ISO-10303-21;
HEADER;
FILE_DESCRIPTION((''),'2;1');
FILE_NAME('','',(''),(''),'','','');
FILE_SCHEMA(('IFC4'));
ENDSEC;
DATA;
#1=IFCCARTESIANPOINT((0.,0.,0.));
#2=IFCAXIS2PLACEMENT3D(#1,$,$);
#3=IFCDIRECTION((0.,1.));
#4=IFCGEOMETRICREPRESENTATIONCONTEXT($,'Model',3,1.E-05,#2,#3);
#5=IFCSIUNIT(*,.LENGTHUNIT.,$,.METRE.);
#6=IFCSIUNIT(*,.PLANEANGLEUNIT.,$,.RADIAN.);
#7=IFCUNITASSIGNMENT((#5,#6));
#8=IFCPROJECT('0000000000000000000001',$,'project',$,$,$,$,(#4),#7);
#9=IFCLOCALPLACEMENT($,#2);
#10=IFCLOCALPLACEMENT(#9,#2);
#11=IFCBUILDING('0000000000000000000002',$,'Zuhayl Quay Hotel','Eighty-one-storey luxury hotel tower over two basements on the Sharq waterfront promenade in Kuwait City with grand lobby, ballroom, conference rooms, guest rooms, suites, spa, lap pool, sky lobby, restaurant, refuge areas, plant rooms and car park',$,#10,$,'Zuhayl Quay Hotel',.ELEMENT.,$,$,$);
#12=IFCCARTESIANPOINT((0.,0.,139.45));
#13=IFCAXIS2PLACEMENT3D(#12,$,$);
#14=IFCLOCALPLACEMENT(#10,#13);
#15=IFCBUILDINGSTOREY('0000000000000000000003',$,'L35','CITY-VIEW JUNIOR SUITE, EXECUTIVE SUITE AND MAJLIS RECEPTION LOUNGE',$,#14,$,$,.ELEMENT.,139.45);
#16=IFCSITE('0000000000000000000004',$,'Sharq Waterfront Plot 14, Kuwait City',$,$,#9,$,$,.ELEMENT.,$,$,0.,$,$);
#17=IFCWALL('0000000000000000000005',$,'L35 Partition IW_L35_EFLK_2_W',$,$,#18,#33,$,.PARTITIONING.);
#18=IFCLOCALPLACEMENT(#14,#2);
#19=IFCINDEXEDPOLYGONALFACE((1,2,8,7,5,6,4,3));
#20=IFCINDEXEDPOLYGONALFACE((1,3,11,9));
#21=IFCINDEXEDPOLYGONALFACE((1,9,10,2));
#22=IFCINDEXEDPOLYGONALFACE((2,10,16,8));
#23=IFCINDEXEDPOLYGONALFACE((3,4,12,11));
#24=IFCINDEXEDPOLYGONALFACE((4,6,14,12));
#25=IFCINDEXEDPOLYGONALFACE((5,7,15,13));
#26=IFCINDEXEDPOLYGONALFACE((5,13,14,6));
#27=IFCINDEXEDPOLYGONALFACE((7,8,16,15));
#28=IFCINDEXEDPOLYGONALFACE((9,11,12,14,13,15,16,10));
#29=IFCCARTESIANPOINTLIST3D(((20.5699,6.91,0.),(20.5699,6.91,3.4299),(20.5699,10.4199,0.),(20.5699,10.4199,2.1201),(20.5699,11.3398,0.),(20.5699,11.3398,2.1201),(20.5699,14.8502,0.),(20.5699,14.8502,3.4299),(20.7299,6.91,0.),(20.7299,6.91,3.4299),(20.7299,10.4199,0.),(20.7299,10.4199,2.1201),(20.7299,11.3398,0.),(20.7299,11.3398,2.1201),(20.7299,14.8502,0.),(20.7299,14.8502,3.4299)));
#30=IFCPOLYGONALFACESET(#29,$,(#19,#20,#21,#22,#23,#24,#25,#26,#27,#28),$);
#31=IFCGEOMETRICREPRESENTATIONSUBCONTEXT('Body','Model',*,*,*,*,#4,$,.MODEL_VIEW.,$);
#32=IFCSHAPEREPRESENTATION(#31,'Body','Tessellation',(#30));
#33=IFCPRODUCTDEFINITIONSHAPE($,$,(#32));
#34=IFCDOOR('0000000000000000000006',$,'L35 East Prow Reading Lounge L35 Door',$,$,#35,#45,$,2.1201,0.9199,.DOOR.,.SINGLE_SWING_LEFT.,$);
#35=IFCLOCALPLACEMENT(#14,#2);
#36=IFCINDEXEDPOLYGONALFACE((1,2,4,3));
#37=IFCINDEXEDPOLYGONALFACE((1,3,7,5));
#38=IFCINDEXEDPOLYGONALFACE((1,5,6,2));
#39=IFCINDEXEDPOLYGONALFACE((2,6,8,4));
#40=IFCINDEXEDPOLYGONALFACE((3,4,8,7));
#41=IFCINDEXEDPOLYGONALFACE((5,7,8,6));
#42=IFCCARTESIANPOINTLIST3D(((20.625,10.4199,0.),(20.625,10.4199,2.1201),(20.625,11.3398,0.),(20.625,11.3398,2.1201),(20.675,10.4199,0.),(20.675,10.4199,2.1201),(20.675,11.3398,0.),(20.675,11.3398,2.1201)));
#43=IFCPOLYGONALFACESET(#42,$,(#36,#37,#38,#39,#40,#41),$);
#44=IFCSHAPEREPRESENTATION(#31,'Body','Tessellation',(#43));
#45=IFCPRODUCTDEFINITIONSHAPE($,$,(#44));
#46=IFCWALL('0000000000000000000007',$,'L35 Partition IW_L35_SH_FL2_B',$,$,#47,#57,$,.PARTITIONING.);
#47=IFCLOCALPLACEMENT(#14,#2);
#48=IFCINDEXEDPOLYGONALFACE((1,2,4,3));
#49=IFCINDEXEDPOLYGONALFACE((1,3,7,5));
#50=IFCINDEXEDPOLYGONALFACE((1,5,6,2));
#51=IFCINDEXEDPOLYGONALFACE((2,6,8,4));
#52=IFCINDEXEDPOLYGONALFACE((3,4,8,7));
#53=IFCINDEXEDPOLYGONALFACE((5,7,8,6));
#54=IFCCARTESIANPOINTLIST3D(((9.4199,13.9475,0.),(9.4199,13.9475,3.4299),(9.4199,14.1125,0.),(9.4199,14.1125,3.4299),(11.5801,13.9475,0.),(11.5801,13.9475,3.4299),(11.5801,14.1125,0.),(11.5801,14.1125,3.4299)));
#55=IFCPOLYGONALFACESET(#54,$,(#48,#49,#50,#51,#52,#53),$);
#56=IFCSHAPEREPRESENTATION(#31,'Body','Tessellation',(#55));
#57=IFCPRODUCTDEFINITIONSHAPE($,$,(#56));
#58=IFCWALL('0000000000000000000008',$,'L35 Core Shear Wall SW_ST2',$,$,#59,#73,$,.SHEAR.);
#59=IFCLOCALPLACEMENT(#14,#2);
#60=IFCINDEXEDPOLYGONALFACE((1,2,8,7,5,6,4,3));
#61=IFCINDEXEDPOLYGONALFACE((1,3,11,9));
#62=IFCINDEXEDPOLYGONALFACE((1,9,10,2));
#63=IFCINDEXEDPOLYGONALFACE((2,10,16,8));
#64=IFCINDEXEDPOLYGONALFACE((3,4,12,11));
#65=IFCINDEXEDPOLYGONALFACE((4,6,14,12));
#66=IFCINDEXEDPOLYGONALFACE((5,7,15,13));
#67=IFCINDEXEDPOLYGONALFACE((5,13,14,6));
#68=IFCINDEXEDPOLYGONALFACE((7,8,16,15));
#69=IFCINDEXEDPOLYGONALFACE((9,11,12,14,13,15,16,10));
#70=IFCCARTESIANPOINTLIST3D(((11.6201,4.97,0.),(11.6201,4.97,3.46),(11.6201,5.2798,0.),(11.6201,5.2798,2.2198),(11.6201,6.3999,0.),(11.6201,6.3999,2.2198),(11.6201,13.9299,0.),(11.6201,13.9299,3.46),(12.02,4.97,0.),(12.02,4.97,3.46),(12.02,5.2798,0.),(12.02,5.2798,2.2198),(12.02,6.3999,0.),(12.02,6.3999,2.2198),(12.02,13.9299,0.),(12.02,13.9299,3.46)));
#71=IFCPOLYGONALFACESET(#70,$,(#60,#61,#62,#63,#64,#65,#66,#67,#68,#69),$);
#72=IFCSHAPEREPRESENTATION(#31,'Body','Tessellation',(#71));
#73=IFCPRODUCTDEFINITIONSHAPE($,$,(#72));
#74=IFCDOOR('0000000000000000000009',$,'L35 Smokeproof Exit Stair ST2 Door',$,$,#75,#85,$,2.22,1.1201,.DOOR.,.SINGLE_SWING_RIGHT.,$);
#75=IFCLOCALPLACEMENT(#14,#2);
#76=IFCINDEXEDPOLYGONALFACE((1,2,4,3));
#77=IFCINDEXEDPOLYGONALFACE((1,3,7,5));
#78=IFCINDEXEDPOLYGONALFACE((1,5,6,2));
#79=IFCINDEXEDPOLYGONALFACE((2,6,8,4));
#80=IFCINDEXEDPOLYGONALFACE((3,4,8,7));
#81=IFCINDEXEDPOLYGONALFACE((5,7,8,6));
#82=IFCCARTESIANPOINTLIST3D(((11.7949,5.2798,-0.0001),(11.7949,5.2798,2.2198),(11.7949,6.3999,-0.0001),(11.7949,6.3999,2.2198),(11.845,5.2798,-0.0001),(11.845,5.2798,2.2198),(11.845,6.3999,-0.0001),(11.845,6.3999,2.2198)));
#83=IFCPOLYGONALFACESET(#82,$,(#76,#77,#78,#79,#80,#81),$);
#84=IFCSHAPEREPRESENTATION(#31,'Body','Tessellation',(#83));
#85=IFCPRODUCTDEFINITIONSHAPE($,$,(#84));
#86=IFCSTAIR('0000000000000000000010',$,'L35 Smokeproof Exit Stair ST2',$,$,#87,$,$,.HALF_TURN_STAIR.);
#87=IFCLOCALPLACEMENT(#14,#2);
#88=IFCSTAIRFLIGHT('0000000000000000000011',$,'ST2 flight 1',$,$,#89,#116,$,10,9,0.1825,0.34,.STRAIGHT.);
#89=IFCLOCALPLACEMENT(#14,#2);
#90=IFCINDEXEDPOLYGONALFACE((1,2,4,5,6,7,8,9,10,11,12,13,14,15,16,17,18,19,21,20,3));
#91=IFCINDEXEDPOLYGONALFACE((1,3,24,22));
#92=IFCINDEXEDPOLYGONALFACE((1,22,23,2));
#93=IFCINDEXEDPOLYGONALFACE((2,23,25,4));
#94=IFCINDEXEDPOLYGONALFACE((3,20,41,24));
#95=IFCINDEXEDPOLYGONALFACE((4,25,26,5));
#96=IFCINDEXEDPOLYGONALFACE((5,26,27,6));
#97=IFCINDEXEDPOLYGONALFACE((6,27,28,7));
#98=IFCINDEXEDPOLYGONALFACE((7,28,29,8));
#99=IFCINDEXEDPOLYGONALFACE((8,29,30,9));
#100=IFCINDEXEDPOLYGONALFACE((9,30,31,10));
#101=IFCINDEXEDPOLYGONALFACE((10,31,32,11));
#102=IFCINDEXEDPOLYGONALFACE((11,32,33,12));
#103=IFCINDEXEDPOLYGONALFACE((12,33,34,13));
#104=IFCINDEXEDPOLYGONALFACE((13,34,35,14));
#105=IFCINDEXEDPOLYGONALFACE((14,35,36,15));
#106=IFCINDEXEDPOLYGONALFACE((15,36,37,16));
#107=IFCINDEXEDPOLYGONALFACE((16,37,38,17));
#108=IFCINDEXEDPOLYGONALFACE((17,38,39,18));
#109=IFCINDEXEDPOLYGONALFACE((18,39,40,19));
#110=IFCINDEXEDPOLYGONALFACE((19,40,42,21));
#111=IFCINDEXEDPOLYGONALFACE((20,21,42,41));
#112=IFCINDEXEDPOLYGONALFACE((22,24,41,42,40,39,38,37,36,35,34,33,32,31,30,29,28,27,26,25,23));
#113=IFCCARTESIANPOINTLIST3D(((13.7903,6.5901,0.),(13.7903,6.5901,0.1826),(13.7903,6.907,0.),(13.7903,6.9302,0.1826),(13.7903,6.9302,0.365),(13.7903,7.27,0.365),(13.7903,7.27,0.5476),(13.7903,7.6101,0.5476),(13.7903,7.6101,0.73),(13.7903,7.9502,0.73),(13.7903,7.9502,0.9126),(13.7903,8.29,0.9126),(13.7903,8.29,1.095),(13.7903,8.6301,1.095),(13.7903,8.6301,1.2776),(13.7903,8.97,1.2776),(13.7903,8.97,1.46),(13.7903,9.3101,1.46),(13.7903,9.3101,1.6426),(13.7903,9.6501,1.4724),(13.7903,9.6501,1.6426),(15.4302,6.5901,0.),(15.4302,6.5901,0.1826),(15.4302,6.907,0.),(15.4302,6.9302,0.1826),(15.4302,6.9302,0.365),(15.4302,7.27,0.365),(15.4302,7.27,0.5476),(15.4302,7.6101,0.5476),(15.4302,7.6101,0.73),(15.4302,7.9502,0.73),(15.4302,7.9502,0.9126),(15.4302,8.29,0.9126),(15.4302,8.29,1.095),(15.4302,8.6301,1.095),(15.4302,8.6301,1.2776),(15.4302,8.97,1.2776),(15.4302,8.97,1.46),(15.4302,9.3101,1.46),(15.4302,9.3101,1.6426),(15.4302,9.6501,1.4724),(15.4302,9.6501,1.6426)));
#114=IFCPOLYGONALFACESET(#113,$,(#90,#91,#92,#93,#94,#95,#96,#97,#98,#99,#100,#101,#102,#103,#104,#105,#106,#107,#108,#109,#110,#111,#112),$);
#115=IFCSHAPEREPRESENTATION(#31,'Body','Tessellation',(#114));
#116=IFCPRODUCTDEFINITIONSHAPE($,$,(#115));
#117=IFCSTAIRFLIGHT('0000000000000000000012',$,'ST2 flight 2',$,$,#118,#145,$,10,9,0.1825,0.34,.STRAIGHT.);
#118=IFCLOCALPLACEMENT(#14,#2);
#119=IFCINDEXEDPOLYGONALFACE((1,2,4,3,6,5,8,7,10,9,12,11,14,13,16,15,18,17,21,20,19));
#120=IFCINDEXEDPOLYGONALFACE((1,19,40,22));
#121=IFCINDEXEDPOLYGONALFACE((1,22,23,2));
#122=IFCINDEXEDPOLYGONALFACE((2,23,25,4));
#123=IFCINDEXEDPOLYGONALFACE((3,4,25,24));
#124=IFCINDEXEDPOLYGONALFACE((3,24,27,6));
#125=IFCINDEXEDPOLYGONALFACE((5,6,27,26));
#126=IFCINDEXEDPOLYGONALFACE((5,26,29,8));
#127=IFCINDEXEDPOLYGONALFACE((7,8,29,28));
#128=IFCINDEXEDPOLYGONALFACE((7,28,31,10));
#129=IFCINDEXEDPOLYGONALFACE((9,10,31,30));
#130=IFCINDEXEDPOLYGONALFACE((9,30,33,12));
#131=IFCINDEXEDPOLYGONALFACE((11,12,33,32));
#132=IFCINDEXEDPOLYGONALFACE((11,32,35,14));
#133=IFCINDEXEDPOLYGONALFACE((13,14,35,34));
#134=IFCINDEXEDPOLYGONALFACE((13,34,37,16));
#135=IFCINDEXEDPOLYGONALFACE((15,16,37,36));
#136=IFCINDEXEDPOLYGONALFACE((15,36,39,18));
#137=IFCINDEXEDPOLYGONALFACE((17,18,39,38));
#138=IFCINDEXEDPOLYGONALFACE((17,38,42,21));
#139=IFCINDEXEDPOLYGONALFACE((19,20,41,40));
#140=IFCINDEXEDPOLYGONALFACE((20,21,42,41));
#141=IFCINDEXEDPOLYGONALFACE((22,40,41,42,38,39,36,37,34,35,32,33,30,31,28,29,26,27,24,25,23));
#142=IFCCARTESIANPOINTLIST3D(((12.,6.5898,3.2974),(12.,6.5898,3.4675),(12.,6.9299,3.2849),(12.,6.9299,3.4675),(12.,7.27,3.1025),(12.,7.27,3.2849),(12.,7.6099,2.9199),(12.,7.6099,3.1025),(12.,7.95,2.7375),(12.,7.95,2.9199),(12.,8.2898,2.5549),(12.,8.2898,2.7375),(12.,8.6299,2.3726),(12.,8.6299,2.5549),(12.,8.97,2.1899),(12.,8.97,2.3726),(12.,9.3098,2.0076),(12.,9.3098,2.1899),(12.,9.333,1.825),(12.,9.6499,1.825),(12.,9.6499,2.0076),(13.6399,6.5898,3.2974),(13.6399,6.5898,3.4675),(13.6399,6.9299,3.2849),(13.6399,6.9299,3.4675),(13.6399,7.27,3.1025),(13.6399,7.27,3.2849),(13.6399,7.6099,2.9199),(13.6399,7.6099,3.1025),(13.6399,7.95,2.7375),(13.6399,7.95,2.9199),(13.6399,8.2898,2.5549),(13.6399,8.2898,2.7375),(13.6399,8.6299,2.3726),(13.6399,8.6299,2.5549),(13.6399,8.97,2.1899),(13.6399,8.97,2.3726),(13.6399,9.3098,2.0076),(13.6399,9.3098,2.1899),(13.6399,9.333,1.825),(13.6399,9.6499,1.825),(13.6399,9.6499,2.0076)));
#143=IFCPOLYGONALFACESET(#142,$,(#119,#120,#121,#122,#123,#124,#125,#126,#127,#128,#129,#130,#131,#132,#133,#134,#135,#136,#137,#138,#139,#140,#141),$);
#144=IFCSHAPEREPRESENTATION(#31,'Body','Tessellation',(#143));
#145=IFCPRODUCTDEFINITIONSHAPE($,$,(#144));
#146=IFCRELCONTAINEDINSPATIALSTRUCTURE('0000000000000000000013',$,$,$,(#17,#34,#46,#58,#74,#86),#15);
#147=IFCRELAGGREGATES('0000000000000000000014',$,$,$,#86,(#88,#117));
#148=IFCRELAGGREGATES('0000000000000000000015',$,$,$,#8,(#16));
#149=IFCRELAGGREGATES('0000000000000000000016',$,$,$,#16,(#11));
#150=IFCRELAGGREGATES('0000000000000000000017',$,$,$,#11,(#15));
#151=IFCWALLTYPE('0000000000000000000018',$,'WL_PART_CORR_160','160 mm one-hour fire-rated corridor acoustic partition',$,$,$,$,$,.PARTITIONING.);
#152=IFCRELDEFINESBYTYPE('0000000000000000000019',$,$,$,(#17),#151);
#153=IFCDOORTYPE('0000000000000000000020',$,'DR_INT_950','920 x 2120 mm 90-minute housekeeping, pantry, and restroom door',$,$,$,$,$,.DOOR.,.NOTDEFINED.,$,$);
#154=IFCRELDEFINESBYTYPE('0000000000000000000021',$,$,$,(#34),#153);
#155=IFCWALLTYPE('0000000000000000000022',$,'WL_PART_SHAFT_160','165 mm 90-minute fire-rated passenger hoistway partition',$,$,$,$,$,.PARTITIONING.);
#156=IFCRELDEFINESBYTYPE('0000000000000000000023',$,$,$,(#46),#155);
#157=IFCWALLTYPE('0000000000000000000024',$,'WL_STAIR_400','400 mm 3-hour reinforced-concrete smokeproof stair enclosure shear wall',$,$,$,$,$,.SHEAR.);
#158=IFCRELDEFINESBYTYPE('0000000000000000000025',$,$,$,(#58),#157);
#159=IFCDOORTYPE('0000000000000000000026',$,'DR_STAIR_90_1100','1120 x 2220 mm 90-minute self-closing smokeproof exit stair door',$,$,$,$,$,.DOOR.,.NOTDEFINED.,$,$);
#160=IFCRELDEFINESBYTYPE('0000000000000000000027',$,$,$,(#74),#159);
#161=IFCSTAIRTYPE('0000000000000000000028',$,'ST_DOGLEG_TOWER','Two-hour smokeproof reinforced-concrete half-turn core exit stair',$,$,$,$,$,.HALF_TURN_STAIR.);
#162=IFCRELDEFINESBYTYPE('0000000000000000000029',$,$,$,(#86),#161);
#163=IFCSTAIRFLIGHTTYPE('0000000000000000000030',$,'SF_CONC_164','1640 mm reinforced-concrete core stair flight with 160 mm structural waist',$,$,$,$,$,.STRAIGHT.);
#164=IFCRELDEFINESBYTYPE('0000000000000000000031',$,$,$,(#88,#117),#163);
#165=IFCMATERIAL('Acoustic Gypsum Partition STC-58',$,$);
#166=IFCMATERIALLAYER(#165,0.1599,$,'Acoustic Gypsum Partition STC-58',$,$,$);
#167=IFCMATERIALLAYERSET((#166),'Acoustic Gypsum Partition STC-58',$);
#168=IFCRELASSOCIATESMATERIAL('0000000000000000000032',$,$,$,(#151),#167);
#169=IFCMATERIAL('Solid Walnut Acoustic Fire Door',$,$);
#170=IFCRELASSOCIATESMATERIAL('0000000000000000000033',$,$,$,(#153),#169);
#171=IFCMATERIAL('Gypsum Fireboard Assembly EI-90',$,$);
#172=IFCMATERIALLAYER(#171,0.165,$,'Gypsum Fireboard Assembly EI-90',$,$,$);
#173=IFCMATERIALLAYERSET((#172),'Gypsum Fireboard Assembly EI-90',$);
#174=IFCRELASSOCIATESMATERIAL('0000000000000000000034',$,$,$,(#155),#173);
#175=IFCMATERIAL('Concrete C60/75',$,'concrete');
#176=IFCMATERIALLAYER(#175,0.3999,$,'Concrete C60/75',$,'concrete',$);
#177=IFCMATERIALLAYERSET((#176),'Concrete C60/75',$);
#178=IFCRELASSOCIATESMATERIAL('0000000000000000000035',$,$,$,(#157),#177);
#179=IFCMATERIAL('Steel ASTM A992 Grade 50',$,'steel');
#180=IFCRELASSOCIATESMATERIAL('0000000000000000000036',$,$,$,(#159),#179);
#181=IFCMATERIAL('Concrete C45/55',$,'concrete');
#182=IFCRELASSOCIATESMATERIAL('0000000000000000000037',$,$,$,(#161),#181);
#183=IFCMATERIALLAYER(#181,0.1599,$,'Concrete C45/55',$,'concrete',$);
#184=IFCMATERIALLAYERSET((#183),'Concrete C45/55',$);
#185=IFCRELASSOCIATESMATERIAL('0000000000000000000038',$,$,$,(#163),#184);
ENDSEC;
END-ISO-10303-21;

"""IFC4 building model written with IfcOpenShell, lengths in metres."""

from ifc_helpers import new_model, si_unit, direction, frame, frame_2d, origin, place, context, subcontext, project, spatial, polyline, rectangle, outline, extrude, material, layer, layer_set, type_object, element, fill, aggregate, save


model = new_model("IFC4")

# Units and contexts
model_context = context("Model", 3, precision=1e-05, world=origin(), true_north=direction((0.0, 1.0)))
body_context = subcontext(model_context, "Body", "Model", "MODEL_VIEW")
ifc_project = project(units=[si_unit("LENGTHUNIT", "METRE"), si_unit("PLANEANGLEUNIT", "RADIAN")], contexts=[model_context])

# Site, building, storey
site_placement = place(None, origin())
site = spatial("IfcSite", under=ifc_project, at=site_placement, Name="Sharq Waterfront Plot 14, Kuwait City", CompositionType="ELEMENT", RefElevation=0.0)
building_placement = place(site_placement, origin())
building = spatial("IfcBuilding", under=site, at=building_placement, Name="Zuhayl Quay Hotel", Description="Eighty-one-storey luxury hotel tower over two basements on the Sharq waterfront promenade in Kuwait City with grand lobby, ballroom, conference rooms, guest rooms, suites, spa, lap pool, sky lobby, restaurant, refuge areas, plant rooms and car park", LongName="Zuhayl Quay Hotel", CompositionType="ELEMENT")
storey_placement = place(building_placement, frame((0.0, 0.0, 139.45)))
storey = spatial("IfcBuildingStorey", under=building, at=storey_placement, Name="L35", Description="CITY-VIEW JUNIOR SUITE, EXECUTIVE SUITE AND MAJLIS RECEPTION LOUNGE", CompositionType="ELEMENT", Elevation=139.45)

# Shared definitions
ifc_material_1 = material(Name="Steel ASTM A992 Grade 50", Category="steel")

# Shared definitions
ifc_material_2 = material(Name="Concrete C60/75", Category="concrete")

# Shared definitions
ifc_material_3 = material(Name="Acoustic Gypsum Partition STC-58")

# Wall, opening, door
ifc_layer_1 = layer(ifc_material_3, 0.1599, Name="Acoustic Gypsum Partition STC-58")
ifc_layer_set_1 = layer_set([ifc_layer_1], Name="Acoustic Gypsum Partition STC-58")
wall_type_1 = type_object("IfcWallType", Name="WL_PART_CORR_160", Description="160 mm one-hour fire-rated corridor acoustic partition", PredefinedType="PARTITIONING", material=ifc_layer_set_1)
wall_1_placement = place(storey_placement, frame((20.6499, 6.9099, 0.0), z_axis=(0.0, 0.0, 1.0), x_axis=(0.0, 1.0, 0.0)))
wall_1 = element("IfcWall", 1, at=wall_1_placement, inside=storey, type_object=wall_type_1, Name="L35 Partition IW_L35_EFLK_2_W", PredefinedType="PARTITIONING", context=body_context, shape_type="SweptSolid", body=[
    extrude(rectangle(XDim=7.9402, YDim=0.1599, at=frame_2d((3.9702, 0.0))), origin(), (0.0, 0.0, 1.0), 3.4299),
])
opening_1_placement = place(wall_1_placement, frame((3.51, 0.0, 0.0)))
opening_1 = element("IfcOpeningElement", 2, at=opening_1_placement, cuts=wall_1, PredefinedType="OPENING", context=body_context, shape_type="SweptSolid", body=[
    extrude(rectangle(XDim=0.9199, YDim=2.1201, at=frame_2d((0.46, 1.0601))), frame((0.0, 0.0898, 0.0), z_axis=(0.0, -1.0, 0.0), x_axis=(1.0, 0.0, 0.0)), (0.0, 0.0, 1.0), 0.1799),
])
ifc_material_4 = material(Name="Solid Walnut Acoustic Fire Door")
door_type_1 = type_object("IfcDoorType", Name="DR_INT_950", Description="920 x 2120 mm 90-minute housekeeping, pantry, and restroom door", OperationType="NOTDEFINED", PredefinedType="DOOR", material=ifc_material_4)
door_1_placement = place(opening_1_placement, origin())
door_1 = element("IfcDoor", 3, at=door_1_placement, inside=storey, type_object=door_type_1, Name="L35 East Prow Reading Lounge L35 Door", OperationType="SINGLE_SWING_LEFT", OverallHeight=2.1201, OverallWidth=0.9199, PredefinedType="DOOR", context=body_context, shape_type="SweptSolid", body=[
    extrude(rectangle(XDim=0.9199, YDim=2.1201, at=frame_2d((0.46, 1.0601))), frame((0.0, 0.0249, 0.0), z_axis=(0.0, -1.0, 0.0), x_axis=(1.0, 0.0, 0.0)), (0.0, 0.0, 1.0), 0.05),
])
fill(opening_1, door_1)

# Wall
ifc_material_5 = material(Name="Gypsum Fireboard Assembly EI-90")
ifc_layer_2 = layer(ifc_material_5, 0.165, Name="Gypsum Fireboard Assembly EI-90")
ifc_layer_set_2 = layer_set([ifc_layer_2], Name="Gypsum Fireboard Assembly EI-90")
wall_type_2 = type_object("IfcWallType", Name="WL_PART_SHAFT_160", Description="165 mm 90-minute fire-rated passenger hoistway partition", PredefinedType="PARTITIONING", material=ifc_layer_set_2)
wall_2_placement = place(storey_placement, frame((9.4199, 14.03, 0.0), z_axis=(0.0, 0.0, 1.0), x_axis=(1.0, 0.0, 0.0)))
element("IfcWall", 4, at=wall_2_placement, inside=storey, type_object=wall_type_2, Name="L35 Partition IW_L35_SH_FL2_B", PredefinedType="PARTITIONING", context=body_context, shape_type="SweptSolid", body=[
    extrude(rectangle(XDim=2.1602, YDim=0.165, at=frame_2d((1.0801, 0.0))), origin(), (0.0, 0.0, 1.0), 3.4299),
])

# Wall, opening, door
ifc_layer_3 = layer(ifc_material_2, 0.3999, Name="Concrete C60/75", Category="concrete")
ifc_layer_set_3 = layer_set([ifc_layer_3], Name="Concrete C60/75")
wall_type_3 = type_object("IfcWallType", Name="WL_STAIR_400", Description="400 mm 3-hour reinforced-concrete smokeproof stair enclosure shear wall", PredefinedType="SHEAR", material=ifc_layer_set_3)
wall_3_placement = place(storey_placement, frame((11.8201, 13.9299, 0.0), z_axis=(0.0, 0.0, 1.0), x_axis=(0.0, -1.0, 0.0)))
wall_3 = element("IfcWall", 5, at=wall_3_placement, inside=storey, type_object=wall_type_3, Name="L35 Core Shear Wall SW_ST2", PredefinedType="SHEAR", context=body_context, shape_type="SweptSolid", body=[
    extrude(rectangle(XDim=8.96, YDim=0.3999, at=frame_2d((4.48, 0.0))), origin(), (0.0, 0.0, 1.0), 3.46),
])
opening_2_placement = place(wall_3_placement, frame((7.53, 0.0, 0.0)))
opening_2 = element("IfcOpeningElement", 6, at=opening_2_placement, cuts=wall_3, PredefinedType="OPENING", context=body_context, shape_type="SweptSolid", body=[
    extrude(rectangle(XDim=1.1201, YDim=2.22, at=frame_2d((0.5601, 1.1099))), frame((0.0, 0.21, 0.0), z_axis=(0.0, -1.0, 0.0), x_axis=(1.0, 0.0, 0.0)), (0.0, 0.0, 1.0), 0.4199),
])
door_type_2 = type_object("IfcDoorType", Name="DR_STAIR_90_1100", Description="1120 x 2220 mm 90-minute self-closing smokeproof exit stair door", OperationType="NOTDEFINED", PredefinedType="DOOR", material=ifc_material_1)
door_2_placement = place(opening_2_placement, origin())
door_2 = element("IfcDoor", 7, at=door_2_placement, inside=storey, type_object=door_type_2, Name="L35 Smokeproof Exit Stair ST2 Door", OperationType="SINGLE_SWING_RIGHT", OverallHeight=2.22, OverallWidth=1.1201, PredefinedType="DOOR", context=body_context, shape_type="SweptSolid", body=[
    extrude(rectangle(XDim=1.1201, YDim=2.22, at=frame_2d((0.5601, 1.1099))), frame((0.0, 0.0249, 0.0), z_axis=(0.0, -1.0, 0.0), x_axis=(1.0, 0.0, 0.0)), (0.0, 0.0, 1.0), 0.05),
])
fill(opening_2, door_2)

# Stair, stair flights
ifc_material_6 = material(Name="Concrete C45/55", Category="concrete")
stair_type = type_object("IfcStairType", Name="ST_DOGLEG_TOWER", Description="Two-hour smokeproof reinforced-concrete half-turn core exit stair", PredefinedType="HALF_TURN_STAIR", material=ifc_material_6)
stair_placement = place(storey_placement, origin())
stair = element("IfcStair", 8, at=stair_placement, inside=storey, type_object=stair_type, Name="L35 Smokeproof Exit Stair ST2", PredefinedType="HALF_TURN_STAIR")
ifc_layer_4 = layer(ifc_material_6, 0.1599, Name="Concrete C45/55", Category="concrete")
ifc_layer_set_4 = layer_set([ifc_layer_4], Name="Concrete C45/55")
stair_flight_type = type_object("IfcStairFlightType", Name="SF_CONC_164", Description="1640 mm reinforced-concrete core stair flight with 160 mm structural waist", PredefinedType="STRAIGHT", material=ifc_layer_set_4)
stair_flight_1_placement = place(storey_placement, frame((14.6101, 6.5901, 0.0), z_axis=(0.0, 0.0, 1.0), x_axis=(0.0, 1.0, 0.0)))
stair_flight_1 = element("IfcStairFlight", 9, at=stair_flight_1_placement, type_object=stair_flight_type, Name="ST2 flight 1", NumberOfRisers=10, NumberOfTreads=9, PredefinedType="STRAIGHT", RiserHeight=0.1825, TreadLength=0.34, context=body_context, shape_type="SweptSolid", body=[
    extrude(outline(polyline([(0.0, 0.0), (0.0, 0.1826), (0.3401, 0.1826), (0.3401, 0.365), (0.6799, 0.365), (0.6799, 0.5476), (1.02, 0.5476), (1.02, 0.73), (1.3601, 0.73), (1.3601, 0.9126), (1.7, 0.9126), (1.7, 1.095), (2.04, 1.095), (2.04, 1.2776), (2.3799, 1.2776), (2.3799, 1.46), (2.72, 1.46), (2.72, 1.6426), (3.0601, 1.6426), (3.0601, 1.825), (3.0601, 1.4724), (0.3169, 0.0), (0.0, 0.0)])), frame((0.0, 0.8198, 0.0), z_axis=(0.0, -1.0, 0.0), x_axis=(1.0, 0.0, 0.0)), (0.0, 0.0, 1.0), 1.6399),
])
stair_flight_2_placement = place(storey_placement, frame((12.8201, 9.6499, 1.825), z_axis=(0.0, 0.0, 1.0), x_axis=(0.0, -1.0, 0.0)))
stair_flight_2 = element("IfcStairFlight", 10, at=stair_flight_2_placement, type_object=stair_flight_type, Name="ST2 flight 2", NumberOfRisers=10, NumberOfTreads=9, PredefinedType="STRAIGHT", RiserHeight=0.1825, TreadLength=0.34, context=body_context, shape_type="SweptSolid", body=[
    extrude(outline(polyline([(0.0, 0.0), (0.0, 0.1826), (0.3401, 0.1826), (0.3401, 0.365), (0.6799, 0.365), (0.6799, 0.5476), (1.02, 0.5476), (1.02, 0.73), (1.3601, 0.73), (1.3601, 0.9126), (1.7, 0.9126), (1.7, 1.095), (2.04, 1.095), (2.04, 1.2776), (2.3799, 1.2776), (2.3799, 1.46), (2.72, 1.46), (2.72, 1.6426), (3.0601, 1.6426), (3.0601, 1.825), (3.0601, 1.4724), (0.3169, 0.0), (0.0, 0.0)])), frame((0.0, 0.8198, 0.0), z_axis=(0.0, -1.0, 0.0), x_axis=(1.0, 0.0, 0.0)), (0.0, 0.0, 1.0), 1.6399),
])
aggregate(stair, [stair_flight_1, stair_flight_2])

save(model, "model.ifc")
